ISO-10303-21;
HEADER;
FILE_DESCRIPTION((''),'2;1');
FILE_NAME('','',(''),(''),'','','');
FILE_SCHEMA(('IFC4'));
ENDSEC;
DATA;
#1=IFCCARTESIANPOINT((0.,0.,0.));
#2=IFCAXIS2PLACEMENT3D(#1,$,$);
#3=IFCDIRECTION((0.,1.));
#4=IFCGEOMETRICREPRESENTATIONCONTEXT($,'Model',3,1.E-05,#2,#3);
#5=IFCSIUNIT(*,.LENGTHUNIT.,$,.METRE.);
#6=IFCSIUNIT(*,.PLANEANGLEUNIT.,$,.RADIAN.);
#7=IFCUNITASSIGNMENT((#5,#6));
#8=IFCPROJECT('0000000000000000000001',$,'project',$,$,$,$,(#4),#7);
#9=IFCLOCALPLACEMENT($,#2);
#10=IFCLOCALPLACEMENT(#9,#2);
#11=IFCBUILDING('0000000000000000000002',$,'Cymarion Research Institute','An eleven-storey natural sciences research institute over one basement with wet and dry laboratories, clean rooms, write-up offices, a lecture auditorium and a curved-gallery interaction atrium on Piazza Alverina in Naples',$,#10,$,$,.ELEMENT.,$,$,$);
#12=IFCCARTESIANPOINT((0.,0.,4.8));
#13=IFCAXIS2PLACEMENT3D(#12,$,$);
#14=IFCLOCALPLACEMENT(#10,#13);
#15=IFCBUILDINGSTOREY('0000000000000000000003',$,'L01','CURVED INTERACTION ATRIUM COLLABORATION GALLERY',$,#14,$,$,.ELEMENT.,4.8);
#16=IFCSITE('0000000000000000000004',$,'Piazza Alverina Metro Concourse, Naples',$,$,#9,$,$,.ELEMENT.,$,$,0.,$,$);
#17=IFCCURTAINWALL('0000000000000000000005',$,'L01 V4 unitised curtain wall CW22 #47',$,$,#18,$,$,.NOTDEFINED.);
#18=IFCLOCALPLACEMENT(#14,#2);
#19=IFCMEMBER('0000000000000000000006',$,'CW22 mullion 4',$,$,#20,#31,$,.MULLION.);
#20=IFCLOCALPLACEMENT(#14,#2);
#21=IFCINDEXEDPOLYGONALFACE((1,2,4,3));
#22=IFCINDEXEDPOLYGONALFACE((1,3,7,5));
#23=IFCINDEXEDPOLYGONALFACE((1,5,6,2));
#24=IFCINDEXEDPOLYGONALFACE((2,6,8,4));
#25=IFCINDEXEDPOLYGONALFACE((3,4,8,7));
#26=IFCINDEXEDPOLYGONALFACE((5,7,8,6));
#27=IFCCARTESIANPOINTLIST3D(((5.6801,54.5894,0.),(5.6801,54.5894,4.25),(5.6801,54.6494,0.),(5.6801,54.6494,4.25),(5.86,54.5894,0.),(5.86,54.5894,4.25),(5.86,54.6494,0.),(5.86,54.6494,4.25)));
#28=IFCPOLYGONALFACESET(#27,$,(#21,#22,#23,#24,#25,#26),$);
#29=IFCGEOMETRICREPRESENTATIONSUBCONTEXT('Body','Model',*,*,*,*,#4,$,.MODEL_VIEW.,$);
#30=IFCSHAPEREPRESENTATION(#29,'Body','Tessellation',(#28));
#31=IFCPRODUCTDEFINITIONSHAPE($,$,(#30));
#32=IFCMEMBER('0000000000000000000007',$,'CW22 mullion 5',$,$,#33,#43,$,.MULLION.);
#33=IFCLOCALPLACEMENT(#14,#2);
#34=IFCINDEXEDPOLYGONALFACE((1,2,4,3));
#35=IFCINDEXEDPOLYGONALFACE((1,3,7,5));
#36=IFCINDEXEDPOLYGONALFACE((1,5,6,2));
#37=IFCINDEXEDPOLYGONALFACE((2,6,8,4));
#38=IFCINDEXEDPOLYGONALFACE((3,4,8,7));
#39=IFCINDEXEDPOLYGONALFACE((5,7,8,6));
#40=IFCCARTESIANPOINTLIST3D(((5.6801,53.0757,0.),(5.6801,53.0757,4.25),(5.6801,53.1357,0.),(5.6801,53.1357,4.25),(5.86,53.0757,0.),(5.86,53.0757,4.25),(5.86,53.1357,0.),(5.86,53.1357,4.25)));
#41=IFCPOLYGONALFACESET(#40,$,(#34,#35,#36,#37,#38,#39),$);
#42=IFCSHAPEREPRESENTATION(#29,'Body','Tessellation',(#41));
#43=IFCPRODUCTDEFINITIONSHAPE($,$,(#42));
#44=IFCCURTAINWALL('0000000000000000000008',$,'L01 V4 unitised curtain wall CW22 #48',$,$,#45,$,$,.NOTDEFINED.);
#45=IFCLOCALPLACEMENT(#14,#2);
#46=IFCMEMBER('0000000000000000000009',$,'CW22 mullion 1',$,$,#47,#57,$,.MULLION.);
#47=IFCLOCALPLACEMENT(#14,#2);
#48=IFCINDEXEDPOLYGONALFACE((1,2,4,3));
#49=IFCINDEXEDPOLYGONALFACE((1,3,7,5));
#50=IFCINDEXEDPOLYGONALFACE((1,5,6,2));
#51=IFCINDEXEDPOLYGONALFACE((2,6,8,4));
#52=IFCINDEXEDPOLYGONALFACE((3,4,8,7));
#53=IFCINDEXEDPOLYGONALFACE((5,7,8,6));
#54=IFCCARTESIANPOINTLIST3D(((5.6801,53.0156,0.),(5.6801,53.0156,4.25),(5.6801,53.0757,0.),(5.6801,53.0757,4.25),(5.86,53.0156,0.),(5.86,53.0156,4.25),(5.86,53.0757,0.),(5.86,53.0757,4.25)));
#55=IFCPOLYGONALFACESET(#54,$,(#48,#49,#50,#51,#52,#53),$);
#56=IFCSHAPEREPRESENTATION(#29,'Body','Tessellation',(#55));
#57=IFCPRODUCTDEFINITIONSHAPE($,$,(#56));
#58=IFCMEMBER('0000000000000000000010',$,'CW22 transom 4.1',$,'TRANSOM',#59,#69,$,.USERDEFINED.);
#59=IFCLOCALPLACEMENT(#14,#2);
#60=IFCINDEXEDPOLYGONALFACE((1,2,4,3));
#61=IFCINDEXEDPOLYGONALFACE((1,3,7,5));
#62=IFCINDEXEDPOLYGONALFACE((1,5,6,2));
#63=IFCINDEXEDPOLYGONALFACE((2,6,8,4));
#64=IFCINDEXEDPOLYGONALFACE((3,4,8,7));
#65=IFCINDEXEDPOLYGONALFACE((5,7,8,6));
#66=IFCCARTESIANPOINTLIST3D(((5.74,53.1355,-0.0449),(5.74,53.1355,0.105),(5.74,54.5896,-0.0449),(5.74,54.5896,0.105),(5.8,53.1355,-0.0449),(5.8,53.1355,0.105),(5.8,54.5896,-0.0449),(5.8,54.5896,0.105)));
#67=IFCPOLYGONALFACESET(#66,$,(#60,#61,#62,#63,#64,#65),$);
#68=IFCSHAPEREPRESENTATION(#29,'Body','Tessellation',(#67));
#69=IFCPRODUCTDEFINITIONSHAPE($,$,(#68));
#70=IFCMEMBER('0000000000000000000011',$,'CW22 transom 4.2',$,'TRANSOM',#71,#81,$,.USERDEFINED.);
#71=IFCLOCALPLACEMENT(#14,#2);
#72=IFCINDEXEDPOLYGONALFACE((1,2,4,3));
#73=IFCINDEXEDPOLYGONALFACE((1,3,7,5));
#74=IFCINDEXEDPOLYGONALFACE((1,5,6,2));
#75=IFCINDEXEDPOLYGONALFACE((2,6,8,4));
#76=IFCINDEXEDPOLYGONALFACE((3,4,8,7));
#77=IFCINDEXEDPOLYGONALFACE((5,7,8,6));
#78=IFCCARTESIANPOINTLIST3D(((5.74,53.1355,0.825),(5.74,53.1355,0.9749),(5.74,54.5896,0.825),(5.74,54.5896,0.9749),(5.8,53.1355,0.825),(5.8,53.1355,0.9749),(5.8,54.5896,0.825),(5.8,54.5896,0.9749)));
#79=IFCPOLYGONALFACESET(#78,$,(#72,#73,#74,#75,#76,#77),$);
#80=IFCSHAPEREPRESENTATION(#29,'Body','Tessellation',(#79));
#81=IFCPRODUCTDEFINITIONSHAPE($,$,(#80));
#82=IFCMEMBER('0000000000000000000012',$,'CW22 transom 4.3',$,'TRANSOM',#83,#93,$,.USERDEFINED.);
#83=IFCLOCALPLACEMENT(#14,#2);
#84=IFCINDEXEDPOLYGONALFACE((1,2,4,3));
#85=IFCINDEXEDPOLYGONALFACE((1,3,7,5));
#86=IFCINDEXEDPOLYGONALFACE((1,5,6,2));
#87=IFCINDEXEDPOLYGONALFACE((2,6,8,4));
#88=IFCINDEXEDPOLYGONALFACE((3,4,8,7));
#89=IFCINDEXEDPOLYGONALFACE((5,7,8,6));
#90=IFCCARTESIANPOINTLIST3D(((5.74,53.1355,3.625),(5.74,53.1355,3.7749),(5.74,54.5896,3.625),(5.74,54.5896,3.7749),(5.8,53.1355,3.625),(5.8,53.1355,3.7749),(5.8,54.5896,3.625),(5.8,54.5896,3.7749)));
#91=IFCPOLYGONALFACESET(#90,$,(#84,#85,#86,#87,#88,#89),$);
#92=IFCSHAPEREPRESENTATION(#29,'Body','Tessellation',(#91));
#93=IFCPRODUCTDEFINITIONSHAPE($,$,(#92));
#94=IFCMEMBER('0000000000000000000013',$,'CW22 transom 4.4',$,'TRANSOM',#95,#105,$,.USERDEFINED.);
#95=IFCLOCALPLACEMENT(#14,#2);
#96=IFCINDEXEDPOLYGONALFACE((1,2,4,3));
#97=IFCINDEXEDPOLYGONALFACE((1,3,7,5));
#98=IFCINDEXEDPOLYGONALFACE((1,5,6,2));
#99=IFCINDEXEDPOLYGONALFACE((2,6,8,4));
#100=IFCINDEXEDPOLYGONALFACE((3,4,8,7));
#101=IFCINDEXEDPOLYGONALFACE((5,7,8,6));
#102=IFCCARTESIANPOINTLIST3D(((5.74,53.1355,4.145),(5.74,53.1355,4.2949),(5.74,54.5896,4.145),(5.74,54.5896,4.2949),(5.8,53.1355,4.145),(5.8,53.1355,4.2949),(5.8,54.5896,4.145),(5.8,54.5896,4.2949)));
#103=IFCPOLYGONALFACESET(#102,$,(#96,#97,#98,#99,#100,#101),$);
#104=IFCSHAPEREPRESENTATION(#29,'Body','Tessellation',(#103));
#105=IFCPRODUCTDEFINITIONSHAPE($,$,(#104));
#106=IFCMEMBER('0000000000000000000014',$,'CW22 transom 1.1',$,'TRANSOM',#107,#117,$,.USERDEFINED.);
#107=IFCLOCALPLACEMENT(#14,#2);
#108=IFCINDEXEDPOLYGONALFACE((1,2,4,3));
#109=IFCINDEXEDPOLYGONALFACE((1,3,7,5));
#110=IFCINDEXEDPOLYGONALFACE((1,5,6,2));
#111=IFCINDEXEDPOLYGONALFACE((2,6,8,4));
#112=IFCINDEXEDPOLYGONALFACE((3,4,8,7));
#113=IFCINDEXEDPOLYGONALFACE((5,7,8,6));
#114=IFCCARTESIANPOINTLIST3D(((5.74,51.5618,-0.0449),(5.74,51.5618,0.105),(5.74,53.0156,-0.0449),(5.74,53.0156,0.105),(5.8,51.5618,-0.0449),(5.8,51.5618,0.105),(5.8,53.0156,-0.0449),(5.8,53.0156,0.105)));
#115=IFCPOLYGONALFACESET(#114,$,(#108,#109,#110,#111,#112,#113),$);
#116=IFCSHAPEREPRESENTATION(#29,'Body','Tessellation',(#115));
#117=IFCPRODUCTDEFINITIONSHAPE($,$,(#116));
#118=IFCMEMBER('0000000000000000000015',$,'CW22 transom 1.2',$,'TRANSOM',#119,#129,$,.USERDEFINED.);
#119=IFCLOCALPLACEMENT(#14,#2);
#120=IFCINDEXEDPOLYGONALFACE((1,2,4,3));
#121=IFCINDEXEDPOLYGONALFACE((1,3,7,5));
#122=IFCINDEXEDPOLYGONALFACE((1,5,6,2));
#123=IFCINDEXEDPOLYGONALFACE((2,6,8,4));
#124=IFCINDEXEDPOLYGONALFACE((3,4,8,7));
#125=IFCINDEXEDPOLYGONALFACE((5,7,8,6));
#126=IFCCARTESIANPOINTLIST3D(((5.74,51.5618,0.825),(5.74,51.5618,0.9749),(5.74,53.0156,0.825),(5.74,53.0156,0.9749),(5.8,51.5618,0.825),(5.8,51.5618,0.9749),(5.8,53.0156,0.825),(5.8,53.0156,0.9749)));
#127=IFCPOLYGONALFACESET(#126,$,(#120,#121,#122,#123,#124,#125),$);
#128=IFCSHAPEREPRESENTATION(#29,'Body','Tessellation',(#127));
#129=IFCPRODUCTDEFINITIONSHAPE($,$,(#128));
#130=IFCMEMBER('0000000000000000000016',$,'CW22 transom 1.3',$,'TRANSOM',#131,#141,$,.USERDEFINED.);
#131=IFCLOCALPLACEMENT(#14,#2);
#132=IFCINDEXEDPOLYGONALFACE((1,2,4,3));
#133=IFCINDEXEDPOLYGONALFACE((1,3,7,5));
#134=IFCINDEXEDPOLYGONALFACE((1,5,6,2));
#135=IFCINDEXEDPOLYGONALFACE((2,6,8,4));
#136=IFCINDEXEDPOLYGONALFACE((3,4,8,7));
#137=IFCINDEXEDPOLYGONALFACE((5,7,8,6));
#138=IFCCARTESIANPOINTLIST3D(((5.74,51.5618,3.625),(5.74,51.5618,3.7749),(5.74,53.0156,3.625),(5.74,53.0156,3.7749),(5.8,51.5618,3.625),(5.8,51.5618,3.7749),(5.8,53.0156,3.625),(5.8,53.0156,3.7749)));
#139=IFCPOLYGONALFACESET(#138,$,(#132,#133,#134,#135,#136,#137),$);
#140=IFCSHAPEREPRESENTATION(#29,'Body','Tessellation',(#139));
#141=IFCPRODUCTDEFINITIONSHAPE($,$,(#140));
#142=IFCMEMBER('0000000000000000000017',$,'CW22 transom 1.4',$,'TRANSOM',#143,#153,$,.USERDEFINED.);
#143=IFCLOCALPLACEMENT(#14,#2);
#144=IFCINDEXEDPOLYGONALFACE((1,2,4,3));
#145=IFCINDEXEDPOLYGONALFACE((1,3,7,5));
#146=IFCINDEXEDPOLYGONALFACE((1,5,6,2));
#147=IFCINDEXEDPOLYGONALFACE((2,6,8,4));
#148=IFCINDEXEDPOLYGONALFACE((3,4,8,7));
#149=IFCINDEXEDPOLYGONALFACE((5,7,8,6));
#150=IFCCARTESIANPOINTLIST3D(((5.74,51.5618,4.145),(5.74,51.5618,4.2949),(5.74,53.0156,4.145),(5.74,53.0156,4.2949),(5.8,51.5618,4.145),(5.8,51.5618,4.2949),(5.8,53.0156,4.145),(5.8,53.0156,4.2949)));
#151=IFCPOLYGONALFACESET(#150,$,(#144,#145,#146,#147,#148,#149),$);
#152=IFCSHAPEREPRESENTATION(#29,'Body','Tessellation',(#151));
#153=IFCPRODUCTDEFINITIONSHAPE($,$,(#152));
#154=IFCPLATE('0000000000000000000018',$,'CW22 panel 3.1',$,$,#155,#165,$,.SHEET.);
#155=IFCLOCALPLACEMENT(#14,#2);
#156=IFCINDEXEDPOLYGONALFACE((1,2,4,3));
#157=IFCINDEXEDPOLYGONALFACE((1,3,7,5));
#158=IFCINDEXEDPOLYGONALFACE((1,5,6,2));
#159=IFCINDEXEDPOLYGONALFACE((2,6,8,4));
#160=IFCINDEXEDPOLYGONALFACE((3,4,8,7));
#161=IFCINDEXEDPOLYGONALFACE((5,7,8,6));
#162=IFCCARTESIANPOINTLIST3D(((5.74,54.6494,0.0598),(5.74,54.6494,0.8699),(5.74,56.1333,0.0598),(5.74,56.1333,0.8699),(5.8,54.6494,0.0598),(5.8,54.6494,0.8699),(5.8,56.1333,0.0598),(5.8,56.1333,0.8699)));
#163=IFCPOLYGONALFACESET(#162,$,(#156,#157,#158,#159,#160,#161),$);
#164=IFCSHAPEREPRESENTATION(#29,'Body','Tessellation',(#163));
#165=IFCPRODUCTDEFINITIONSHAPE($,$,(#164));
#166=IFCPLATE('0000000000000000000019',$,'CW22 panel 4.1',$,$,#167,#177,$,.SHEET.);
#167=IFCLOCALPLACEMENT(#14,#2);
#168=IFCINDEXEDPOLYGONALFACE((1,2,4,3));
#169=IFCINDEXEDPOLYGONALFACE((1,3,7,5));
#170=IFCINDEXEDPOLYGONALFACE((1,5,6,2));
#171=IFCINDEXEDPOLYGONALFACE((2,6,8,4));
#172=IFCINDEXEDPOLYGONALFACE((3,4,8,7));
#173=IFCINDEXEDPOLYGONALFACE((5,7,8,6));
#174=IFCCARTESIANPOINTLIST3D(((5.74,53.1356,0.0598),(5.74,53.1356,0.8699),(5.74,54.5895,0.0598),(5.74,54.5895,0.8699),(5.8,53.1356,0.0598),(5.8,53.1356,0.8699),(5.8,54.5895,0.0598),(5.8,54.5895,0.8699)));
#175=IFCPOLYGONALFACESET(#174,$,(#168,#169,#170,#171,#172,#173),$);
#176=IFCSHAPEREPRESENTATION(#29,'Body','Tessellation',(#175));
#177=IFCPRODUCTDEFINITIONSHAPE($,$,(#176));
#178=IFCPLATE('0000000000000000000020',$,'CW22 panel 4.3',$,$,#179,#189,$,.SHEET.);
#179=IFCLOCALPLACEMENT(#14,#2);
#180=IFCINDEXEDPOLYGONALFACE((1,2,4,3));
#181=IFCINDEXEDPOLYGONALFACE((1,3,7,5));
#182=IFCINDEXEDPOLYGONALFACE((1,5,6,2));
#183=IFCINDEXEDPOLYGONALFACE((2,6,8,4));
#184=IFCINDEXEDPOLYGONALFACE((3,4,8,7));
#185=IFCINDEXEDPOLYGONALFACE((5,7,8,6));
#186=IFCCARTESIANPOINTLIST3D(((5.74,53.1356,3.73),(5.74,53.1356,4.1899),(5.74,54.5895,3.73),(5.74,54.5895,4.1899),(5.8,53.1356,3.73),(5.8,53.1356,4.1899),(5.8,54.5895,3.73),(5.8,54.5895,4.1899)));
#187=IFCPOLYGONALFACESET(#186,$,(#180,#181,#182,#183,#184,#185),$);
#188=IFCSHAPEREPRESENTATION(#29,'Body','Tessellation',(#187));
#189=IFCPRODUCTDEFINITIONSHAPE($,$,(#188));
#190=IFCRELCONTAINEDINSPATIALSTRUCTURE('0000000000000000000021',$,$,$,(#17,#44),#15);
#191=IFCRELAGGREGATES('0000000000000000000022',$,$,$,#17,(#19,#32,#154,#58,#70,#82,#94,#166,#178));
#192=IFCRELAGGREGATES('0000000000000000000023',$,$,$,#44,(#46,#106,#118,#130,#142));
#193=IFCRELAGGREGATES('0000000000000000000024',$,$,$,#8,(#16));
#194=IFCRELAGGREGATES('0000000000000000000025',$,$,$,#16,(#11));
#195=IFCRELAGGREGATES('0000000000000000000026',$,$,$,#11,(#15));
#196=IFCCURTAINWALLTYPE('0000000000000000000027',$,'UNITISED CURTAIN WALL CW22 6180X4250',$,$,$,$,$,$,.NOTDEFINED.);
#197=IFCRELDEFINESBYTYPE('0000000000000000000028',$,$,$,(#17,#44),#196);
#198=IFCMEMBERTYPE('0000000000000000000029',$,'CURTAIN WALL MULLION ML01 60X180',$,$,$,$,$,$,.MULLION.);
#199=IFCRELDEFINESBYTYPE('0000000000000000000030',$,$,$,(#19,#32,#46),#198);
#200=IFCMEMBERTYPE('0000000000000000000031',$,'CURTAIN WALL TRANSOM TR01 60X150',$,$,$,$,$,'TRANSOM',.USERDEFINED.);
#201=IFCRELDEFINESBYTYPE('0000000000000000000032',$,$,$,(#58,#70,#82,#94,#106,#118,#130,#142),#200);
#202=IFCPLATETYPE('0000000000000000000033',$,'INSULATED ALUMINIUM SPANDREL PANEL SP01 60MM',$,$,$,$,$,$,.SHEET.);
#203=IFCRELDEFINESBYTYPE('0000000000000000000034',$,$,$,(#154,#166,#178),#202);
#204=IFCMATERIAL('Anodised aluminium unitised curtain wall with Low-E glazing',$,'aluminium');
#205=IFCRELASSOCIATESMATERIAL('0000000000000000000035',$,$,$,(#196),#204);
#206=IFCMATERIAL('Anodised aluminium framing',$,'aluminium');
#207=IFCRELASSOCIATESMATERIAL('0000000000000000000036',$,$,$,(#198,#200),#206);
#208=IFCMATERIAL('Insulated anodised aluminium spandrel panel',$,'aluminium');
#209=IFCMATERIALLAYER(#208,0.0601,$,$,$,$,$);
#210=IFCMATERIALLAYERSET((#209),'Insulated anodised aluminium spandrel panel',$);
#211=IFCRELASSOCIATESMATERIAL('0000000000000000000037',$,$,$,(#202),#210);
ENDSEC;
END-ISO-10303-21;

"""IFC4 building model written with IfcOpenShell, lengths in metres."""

from ifc_helpers import new_model, si_unit, direction, frame, origin, origin_2d, place, context, subcontext, project, spatial, rectangle, extrude, material, layer, layer_set, material_profile, profile_set, type_object, element, aggregate, save


model = new_model("IFC4")

# Units and contexts
model_context = context("Model", 3, precision=1e-05, world=origin(), true_north=direction((0.0, 1.0)))
body_context = subcontext(model_context, "Body", "Model", "MODEL_VIEW")
ifc_project = project(units=[si_unit("LENGTHUNIT", "METRE"), si_unit("PLANEANGLEUNIT", "RADIAN")], contexts=[model_context])

# Site, building, storey
site_placement = place(None, origin())
site = spatial("IfcSite", under=ifc_project, at=site_placement, Name="Piazza Alverina Metro Concourse, Naples", CompositionType="ELEMENT", RefElevation=0.0)
building_placement = place(site_placement, origin())
building = spatial("IfcBuilding", under=site, at=building_placement, Name="Cymarion Research Institute", Description="An eleven-storey natural sciences research institute over one basement with wet and dry laboratories, clean rooms, write-up offices, a lecture auditorium and a curved-gallery interaction atrium on Piazza Alverina in Naples", CompositionType="ELEMENT")
storey_placement = place(building_placement, frame((0.0, 0.0, 4.8)))
storey = spatial("IfcBuildingStorey", under=building, at=storey_placement, Name="L01", Description="CURVED INTERACTION ATRIUM COLLABORATION GALLERY", CompositionType="ELEMENT", Elevation=4.8)

# Curtain wall, members
ifc_material_1 = material(Name="Anodised aluminium unitised curtain wall with Low-E glazing", Category="aluminium")
curtain_wall_type = type_object("IfcCurtainWallType", Name="UNITISED CURTAIN WALL CW22 6180X4250", PredefinedType="NOTDEFINED", material=ifc_material_1)
curtain_wall_1_placement = place(storey_placement, origin())
curtain_wall_1 = element("IfcCurtainWall", 1, at=curtain_wall_1_placement, inside=storey, type_object=curtain_wall_type, Name="L01 V4 unitised curtain wall CW22 #47", PredefinedType="NOTDEFINED")
ifc_material_2 = material(Name="Anodised aluminium framing", Category="aluminium")
ifc_material_profile_1 = material_profile(ifc_material_2, rectangle(XDim=0.0601, YDim=0.1799, at=origin_2d()), Name="ALU MULLION 60x180")
ifc_profile_set_1 = profile_set([ifc_material_profile_1], Name="Anodised aluminium framing")
member_type_1 = type_object("IfcMemberType", Name="CURTAIN WALL MULLION ML01 60X180", PredefinedType="MULLION", material=ifc_profile_set_1)
member_1_placement = place(storey_placement, frame((5.77, 54.6194, 0.0), z_axis=(0.0, 0.0, 1.0), x_axis=(0.0, -1.0, 0.0)))
member_1 = element("IfcMember", 2, at=member_1_placement, type_object=member_type_1, Name="CW22 mullion 4", PredefinedType="MULLION", context=body_context, shape_type="SweptSolid", body=[
    extrude(rectangle(XDim=0.0601, YDim=0.1799, at=origin_2d()), origin(), (0.0, 0.0, 1.0), 4.25),
])
member_2_placement = place(storey_placement, frame((5.77, 53.1057, 0.0), z_axis=(0.0, 0.0, 1.0), x_axis=(0.0, -1.0, 0.0)))
member_2 = element("IfcMember", 3, at=member_2_placement, type_object=member_type_1, Name="CW22 mullion 5", PredefinedType="MULLION", context=body_context, shape_type="SweptSolid", body=[
    extrude(rectangle(XDim=0.0601, YDim=0.1799, at=origin_2d()), origin(), (0.0, 0.0, 1.0), 4.25),
])

# Curtain wall, member
curtain_wall_2_placement = place(storey_placement, origin())
curtain_wall_2 = element("IfcCurtainWall", 4, at=curtain_wall_2_placement, inside=storey, type_object=curtain_wall_type, Name="L01 V4 unitised curtain wall CW22 #48", PredefinedType="NOTDEFINED")
member_3_placement = place(storey_placement, frame((5.77, 53.0457, 0.0), z_axis=(0.0, 0.0, 1.0), x_axis=(0.0, -1.0, 0.0)))
member_3 = element("IfcMember", 5, at=member_3_placement, type_object=member_type_1, Name="CW22 mullion 1", PredefinedType="MULLION", context=body_context, shape_type="SweptSolid", body=[
    extrude(rectangle(XDim=0.0601, YDim=0.1799, at=origin_2d()), origin(), (0.0, 0.0, 1.0), 4.25),
])

# Members
ifc_material_profile_2 = material_profile(ifc_material_2, rectangle(XDim=0.0601, YDim=0.1499, at=origin_2d()), Name="ALU TRANSOM 60x150")
ifc_profile_set_2 = profile_set([ifc_material_profile_2], Name="Anodised aluminium framing")
member_type_2 = type_object("IfcMemberType", Name="CURTAIN WALL TRANSOM TR01 60X150", ElementType="TRANSOM", PredefinedType="USERDEFINED", material=ifc_profile_set_2)
member_4_placement = place(storey_placement, frame((5.77, 54.5896, 0.03), z_axis=(0.0, -1.0, 0.0), x_axis=(1.0, 0.0, 0.0)))
member_4 = element("IfcMember", 6, at=member_4_placement, type_object=member_type_2, Name="CW22 transom 4.1", ObjectType="TRANSOM", PredefinedType="USERDEFINED", context=body_context, shape_type="SweptSolid", body=[
    extrude(rectangle(XDim=0.0601, YDim=0.1499, at=origin_2d()), origin(), (0.0, 0.0, 1.0), 1.4541),
])
member_5_placement = place(storey_placement, frame((5.77, 54.5896, 0.8999), z_axis=(0.0, -1.0, 0.0), x_axis=(1.0, 0.0, 0.0)))
member_5 = element("IfcMember", 7, at=member_5_placement, type_object=member_type_2, Name="CW22 transom 4.2", ObjectType="TRANSOM", PredefinedType="USERDEFINED", context=body_context, shape_type="SweptSolid", body=[
    extrude(rectangle(XDim=0.0601, YDim=0.1499, at=origin_2d()), origin(), (0.0, 0.0, 1.0), 1.4541),
])
member_6_placement = place(storey_placement, frame((5.77, 54.5896, 3.7), z_axis=(0.0, -1.0, 0.0), x_axis=(1.0, 0.0, 0.0)))
member_6 = element("IfcMember", 8, at=member_6_placement, type_object=member_type_2, Name="CW22 transom 4.3", ObjectType="TRANSOM", PredefinedType="USERDEFINED", context=body_context, shape_type="SweptSolid", body=[
    extrude(rectangle(XDim=0.0601, YDim=0.1499, at=origin_2d()), origin(), (0.0, 0.0, 1.0), 1.4541),
])
member_7_placement = place(storey_placement, frame((5.77, 54.5896, 4.22), z_axis=(0.0, -1.0, 0.0), x_axis=(1.0, 0.0, 0.0)))
member_7 = element("IfcMember", 9, at=member_7_placement, type_object=member_type_2, Name="CW22 transom 4.4", ObjectType="TRANSOM", PredefinedType="USERDEFINED", context=body_context, shape_type="SweptSolid", body=[
    extrude(rectangle(XDim=0.0601, YDim=0.1499, at=origin_2d()), origin(), (0.0, 0.0, 1.0), 1.4541),
])
member_8_placement = place(storey_placement, frame((5.77, 53.0156, 0.03), z_axis=(0.0, -1.0, 0.0), x_axis=(1.0, 0.0, 0.0)))
member_8 = element("IfcMember", 10, at=member_8_placement, type_object=member_type_2, Name="CW22 transom 1.1", ObjectType="TRANSOM", PredefinedType="USERDEFINED", context=body_context, shape_type="SweptSolid", body=[
    extrude(rectangle(XDim=0.0601, YDim=0.1499, at=origin_2d()), origin(), (0.0, 0.0, 1.0), 1.4539),
])
member_9_placement = place(storey_placement, frame((5.77, 53.0156, 0.8999), z_axis=(0.0, -1.0, 0.0), x_axis=(1.0, 0.0, 0.0)))
member_9 = element("IfcMember", 11, at=member_9_placement, type_object=member_type_2, Name="CW22 transom 1.2", ObjectType="TRANSOM", PredefinedType="USERDEFINED", context=body_context, shape_type="SweptSolid", body=[
    extrude(rectangle(XDim=0.0601, YDim=0.1499, at=origin_2d()), origin(), (0.0, 0.0, 1.0), 1.4539),
])
member_10_placement = place(storey_placement, frame((5.77, 53.0156, 3.7), z_axis=(0.0, -1.0, 0.0), x_axis=(1.0, 0.0, 0.0)))
member_10 = element("IfcMember", 12, at=member_10_placement, type_object=member_type_2, Name="CW22 transom 1.3", ObjectType="TRANSOM", PredefinedType="USERDEFINED", context=body_context, shape_type="SweptSolid", body=[
    extrude(rectangle(XDim=0.0601, YDim=0.1499, at=origin_2d()), origin(), (0.0, 0.0, 1.0), 1.4539),
])
member_11_placement = place(storey_placement, frame((5.77, 53.0156, 4.22), z_axis=(0.0, -1.0, 0.0), x_axis=(1.0, 0.0, 0.0)))
member_11 = element("IfcMember", 13, at=member_11_placement, type_object=member_type_2, Name="CW22 transom 1.4", ObjectType="TRANSOM", PredefinedType="USERDEFINED", context=body_context, shape_type="SweptSolid", body=[
    extrude(rectangle(XDim=0.0601, YDim=0.1499, at=origin_2d()), origin(), (0.0, 0.0, 1.0), 1.4539),
])

# Plates
ifc_material_3 = material(Name="Insulated anodised aluminium spandrel panel", Category="aluminium")
ifc_layer_1 = layer(ifc_material_3, 0.0601)
ifc_layer_set_1 = layer_set([ifc_layer_1], Name="Insulated anodised aluminium spandrel panel")
plate_type_1 = type_object("IfcPlateType", Name="INSULATED ALUMINIUM SPANDREL PANEL SP01 60MM", PredefinedType="SHEET", material=ifc_layer_set_1)
plate_1_placement = place(storey_placement, frame((5.77, 55.3914, 0.0598), z_axis=(0.0, 0.0, 1.0), x_axis=(0.0, -1.0, 0.0)))
plate_1 = element("IfcPlate", 14, at=plate_1_placement, type_object=plate_type_1, Name="CW22 panel 3.1", PredefinedType="SHEET", context=body_context, shape_type="SweptSolid", body=[
    extrude(rectangle(XDim=1.4839, YDim=0.0601, at=origin_2d()), origin(), (0.0, 0.0, 1.0), 0.8101),
])
plate_2_placement = place(storey_placement, frame((5.77, 53.8625, 0.0598), z_axis=(0.0, 0.0, 1.0), x_axis=(0.0, -1.0, 0.0)))
plate_2 = element("IfcPlate", 15, at=plate_2_placement, type_object=plate_type_1, Name="CW22 panel 4.1", PredefinedType="SHEET", context=body_context, shape_type="SweptSolid", body=[
    extrude(rectangle(XDim=1.4539, YDim=0.0601, at=origin_2d()), origin(), (0.0, 0.0, 1.0), 0.8101),
])
plate_3_placement = place(storey_placement, frame((5.77, 53.8625, 3.73), z_axis=(0.0, 0.0, 1.0), x_axis=(0.0, -1.0, 0.0)))
plate_3 = element("IfcPlate", 16, at=plate_3_placement, type_object=plate_type_1, Name="CW22 panel 4.3", PredefinedType="SHEET", context=body_context, shape_type="SweptSolid", body=[
    extrude(rectangle(XDim=1.4539, YDim=0.0601, at=origin_2d()), origin(), (0.0, 0.0, 1.0), 0.46),
])
aggregate(curtain_wall_1, [member_1, member_2, plate_1, member_4, member_5, member_6, member_7, plate_2, plate_3])
aggregate(curtain_wall_2, [member_3, member_8, member_9, member_10, member_11])

save(model, "model.ifc")
